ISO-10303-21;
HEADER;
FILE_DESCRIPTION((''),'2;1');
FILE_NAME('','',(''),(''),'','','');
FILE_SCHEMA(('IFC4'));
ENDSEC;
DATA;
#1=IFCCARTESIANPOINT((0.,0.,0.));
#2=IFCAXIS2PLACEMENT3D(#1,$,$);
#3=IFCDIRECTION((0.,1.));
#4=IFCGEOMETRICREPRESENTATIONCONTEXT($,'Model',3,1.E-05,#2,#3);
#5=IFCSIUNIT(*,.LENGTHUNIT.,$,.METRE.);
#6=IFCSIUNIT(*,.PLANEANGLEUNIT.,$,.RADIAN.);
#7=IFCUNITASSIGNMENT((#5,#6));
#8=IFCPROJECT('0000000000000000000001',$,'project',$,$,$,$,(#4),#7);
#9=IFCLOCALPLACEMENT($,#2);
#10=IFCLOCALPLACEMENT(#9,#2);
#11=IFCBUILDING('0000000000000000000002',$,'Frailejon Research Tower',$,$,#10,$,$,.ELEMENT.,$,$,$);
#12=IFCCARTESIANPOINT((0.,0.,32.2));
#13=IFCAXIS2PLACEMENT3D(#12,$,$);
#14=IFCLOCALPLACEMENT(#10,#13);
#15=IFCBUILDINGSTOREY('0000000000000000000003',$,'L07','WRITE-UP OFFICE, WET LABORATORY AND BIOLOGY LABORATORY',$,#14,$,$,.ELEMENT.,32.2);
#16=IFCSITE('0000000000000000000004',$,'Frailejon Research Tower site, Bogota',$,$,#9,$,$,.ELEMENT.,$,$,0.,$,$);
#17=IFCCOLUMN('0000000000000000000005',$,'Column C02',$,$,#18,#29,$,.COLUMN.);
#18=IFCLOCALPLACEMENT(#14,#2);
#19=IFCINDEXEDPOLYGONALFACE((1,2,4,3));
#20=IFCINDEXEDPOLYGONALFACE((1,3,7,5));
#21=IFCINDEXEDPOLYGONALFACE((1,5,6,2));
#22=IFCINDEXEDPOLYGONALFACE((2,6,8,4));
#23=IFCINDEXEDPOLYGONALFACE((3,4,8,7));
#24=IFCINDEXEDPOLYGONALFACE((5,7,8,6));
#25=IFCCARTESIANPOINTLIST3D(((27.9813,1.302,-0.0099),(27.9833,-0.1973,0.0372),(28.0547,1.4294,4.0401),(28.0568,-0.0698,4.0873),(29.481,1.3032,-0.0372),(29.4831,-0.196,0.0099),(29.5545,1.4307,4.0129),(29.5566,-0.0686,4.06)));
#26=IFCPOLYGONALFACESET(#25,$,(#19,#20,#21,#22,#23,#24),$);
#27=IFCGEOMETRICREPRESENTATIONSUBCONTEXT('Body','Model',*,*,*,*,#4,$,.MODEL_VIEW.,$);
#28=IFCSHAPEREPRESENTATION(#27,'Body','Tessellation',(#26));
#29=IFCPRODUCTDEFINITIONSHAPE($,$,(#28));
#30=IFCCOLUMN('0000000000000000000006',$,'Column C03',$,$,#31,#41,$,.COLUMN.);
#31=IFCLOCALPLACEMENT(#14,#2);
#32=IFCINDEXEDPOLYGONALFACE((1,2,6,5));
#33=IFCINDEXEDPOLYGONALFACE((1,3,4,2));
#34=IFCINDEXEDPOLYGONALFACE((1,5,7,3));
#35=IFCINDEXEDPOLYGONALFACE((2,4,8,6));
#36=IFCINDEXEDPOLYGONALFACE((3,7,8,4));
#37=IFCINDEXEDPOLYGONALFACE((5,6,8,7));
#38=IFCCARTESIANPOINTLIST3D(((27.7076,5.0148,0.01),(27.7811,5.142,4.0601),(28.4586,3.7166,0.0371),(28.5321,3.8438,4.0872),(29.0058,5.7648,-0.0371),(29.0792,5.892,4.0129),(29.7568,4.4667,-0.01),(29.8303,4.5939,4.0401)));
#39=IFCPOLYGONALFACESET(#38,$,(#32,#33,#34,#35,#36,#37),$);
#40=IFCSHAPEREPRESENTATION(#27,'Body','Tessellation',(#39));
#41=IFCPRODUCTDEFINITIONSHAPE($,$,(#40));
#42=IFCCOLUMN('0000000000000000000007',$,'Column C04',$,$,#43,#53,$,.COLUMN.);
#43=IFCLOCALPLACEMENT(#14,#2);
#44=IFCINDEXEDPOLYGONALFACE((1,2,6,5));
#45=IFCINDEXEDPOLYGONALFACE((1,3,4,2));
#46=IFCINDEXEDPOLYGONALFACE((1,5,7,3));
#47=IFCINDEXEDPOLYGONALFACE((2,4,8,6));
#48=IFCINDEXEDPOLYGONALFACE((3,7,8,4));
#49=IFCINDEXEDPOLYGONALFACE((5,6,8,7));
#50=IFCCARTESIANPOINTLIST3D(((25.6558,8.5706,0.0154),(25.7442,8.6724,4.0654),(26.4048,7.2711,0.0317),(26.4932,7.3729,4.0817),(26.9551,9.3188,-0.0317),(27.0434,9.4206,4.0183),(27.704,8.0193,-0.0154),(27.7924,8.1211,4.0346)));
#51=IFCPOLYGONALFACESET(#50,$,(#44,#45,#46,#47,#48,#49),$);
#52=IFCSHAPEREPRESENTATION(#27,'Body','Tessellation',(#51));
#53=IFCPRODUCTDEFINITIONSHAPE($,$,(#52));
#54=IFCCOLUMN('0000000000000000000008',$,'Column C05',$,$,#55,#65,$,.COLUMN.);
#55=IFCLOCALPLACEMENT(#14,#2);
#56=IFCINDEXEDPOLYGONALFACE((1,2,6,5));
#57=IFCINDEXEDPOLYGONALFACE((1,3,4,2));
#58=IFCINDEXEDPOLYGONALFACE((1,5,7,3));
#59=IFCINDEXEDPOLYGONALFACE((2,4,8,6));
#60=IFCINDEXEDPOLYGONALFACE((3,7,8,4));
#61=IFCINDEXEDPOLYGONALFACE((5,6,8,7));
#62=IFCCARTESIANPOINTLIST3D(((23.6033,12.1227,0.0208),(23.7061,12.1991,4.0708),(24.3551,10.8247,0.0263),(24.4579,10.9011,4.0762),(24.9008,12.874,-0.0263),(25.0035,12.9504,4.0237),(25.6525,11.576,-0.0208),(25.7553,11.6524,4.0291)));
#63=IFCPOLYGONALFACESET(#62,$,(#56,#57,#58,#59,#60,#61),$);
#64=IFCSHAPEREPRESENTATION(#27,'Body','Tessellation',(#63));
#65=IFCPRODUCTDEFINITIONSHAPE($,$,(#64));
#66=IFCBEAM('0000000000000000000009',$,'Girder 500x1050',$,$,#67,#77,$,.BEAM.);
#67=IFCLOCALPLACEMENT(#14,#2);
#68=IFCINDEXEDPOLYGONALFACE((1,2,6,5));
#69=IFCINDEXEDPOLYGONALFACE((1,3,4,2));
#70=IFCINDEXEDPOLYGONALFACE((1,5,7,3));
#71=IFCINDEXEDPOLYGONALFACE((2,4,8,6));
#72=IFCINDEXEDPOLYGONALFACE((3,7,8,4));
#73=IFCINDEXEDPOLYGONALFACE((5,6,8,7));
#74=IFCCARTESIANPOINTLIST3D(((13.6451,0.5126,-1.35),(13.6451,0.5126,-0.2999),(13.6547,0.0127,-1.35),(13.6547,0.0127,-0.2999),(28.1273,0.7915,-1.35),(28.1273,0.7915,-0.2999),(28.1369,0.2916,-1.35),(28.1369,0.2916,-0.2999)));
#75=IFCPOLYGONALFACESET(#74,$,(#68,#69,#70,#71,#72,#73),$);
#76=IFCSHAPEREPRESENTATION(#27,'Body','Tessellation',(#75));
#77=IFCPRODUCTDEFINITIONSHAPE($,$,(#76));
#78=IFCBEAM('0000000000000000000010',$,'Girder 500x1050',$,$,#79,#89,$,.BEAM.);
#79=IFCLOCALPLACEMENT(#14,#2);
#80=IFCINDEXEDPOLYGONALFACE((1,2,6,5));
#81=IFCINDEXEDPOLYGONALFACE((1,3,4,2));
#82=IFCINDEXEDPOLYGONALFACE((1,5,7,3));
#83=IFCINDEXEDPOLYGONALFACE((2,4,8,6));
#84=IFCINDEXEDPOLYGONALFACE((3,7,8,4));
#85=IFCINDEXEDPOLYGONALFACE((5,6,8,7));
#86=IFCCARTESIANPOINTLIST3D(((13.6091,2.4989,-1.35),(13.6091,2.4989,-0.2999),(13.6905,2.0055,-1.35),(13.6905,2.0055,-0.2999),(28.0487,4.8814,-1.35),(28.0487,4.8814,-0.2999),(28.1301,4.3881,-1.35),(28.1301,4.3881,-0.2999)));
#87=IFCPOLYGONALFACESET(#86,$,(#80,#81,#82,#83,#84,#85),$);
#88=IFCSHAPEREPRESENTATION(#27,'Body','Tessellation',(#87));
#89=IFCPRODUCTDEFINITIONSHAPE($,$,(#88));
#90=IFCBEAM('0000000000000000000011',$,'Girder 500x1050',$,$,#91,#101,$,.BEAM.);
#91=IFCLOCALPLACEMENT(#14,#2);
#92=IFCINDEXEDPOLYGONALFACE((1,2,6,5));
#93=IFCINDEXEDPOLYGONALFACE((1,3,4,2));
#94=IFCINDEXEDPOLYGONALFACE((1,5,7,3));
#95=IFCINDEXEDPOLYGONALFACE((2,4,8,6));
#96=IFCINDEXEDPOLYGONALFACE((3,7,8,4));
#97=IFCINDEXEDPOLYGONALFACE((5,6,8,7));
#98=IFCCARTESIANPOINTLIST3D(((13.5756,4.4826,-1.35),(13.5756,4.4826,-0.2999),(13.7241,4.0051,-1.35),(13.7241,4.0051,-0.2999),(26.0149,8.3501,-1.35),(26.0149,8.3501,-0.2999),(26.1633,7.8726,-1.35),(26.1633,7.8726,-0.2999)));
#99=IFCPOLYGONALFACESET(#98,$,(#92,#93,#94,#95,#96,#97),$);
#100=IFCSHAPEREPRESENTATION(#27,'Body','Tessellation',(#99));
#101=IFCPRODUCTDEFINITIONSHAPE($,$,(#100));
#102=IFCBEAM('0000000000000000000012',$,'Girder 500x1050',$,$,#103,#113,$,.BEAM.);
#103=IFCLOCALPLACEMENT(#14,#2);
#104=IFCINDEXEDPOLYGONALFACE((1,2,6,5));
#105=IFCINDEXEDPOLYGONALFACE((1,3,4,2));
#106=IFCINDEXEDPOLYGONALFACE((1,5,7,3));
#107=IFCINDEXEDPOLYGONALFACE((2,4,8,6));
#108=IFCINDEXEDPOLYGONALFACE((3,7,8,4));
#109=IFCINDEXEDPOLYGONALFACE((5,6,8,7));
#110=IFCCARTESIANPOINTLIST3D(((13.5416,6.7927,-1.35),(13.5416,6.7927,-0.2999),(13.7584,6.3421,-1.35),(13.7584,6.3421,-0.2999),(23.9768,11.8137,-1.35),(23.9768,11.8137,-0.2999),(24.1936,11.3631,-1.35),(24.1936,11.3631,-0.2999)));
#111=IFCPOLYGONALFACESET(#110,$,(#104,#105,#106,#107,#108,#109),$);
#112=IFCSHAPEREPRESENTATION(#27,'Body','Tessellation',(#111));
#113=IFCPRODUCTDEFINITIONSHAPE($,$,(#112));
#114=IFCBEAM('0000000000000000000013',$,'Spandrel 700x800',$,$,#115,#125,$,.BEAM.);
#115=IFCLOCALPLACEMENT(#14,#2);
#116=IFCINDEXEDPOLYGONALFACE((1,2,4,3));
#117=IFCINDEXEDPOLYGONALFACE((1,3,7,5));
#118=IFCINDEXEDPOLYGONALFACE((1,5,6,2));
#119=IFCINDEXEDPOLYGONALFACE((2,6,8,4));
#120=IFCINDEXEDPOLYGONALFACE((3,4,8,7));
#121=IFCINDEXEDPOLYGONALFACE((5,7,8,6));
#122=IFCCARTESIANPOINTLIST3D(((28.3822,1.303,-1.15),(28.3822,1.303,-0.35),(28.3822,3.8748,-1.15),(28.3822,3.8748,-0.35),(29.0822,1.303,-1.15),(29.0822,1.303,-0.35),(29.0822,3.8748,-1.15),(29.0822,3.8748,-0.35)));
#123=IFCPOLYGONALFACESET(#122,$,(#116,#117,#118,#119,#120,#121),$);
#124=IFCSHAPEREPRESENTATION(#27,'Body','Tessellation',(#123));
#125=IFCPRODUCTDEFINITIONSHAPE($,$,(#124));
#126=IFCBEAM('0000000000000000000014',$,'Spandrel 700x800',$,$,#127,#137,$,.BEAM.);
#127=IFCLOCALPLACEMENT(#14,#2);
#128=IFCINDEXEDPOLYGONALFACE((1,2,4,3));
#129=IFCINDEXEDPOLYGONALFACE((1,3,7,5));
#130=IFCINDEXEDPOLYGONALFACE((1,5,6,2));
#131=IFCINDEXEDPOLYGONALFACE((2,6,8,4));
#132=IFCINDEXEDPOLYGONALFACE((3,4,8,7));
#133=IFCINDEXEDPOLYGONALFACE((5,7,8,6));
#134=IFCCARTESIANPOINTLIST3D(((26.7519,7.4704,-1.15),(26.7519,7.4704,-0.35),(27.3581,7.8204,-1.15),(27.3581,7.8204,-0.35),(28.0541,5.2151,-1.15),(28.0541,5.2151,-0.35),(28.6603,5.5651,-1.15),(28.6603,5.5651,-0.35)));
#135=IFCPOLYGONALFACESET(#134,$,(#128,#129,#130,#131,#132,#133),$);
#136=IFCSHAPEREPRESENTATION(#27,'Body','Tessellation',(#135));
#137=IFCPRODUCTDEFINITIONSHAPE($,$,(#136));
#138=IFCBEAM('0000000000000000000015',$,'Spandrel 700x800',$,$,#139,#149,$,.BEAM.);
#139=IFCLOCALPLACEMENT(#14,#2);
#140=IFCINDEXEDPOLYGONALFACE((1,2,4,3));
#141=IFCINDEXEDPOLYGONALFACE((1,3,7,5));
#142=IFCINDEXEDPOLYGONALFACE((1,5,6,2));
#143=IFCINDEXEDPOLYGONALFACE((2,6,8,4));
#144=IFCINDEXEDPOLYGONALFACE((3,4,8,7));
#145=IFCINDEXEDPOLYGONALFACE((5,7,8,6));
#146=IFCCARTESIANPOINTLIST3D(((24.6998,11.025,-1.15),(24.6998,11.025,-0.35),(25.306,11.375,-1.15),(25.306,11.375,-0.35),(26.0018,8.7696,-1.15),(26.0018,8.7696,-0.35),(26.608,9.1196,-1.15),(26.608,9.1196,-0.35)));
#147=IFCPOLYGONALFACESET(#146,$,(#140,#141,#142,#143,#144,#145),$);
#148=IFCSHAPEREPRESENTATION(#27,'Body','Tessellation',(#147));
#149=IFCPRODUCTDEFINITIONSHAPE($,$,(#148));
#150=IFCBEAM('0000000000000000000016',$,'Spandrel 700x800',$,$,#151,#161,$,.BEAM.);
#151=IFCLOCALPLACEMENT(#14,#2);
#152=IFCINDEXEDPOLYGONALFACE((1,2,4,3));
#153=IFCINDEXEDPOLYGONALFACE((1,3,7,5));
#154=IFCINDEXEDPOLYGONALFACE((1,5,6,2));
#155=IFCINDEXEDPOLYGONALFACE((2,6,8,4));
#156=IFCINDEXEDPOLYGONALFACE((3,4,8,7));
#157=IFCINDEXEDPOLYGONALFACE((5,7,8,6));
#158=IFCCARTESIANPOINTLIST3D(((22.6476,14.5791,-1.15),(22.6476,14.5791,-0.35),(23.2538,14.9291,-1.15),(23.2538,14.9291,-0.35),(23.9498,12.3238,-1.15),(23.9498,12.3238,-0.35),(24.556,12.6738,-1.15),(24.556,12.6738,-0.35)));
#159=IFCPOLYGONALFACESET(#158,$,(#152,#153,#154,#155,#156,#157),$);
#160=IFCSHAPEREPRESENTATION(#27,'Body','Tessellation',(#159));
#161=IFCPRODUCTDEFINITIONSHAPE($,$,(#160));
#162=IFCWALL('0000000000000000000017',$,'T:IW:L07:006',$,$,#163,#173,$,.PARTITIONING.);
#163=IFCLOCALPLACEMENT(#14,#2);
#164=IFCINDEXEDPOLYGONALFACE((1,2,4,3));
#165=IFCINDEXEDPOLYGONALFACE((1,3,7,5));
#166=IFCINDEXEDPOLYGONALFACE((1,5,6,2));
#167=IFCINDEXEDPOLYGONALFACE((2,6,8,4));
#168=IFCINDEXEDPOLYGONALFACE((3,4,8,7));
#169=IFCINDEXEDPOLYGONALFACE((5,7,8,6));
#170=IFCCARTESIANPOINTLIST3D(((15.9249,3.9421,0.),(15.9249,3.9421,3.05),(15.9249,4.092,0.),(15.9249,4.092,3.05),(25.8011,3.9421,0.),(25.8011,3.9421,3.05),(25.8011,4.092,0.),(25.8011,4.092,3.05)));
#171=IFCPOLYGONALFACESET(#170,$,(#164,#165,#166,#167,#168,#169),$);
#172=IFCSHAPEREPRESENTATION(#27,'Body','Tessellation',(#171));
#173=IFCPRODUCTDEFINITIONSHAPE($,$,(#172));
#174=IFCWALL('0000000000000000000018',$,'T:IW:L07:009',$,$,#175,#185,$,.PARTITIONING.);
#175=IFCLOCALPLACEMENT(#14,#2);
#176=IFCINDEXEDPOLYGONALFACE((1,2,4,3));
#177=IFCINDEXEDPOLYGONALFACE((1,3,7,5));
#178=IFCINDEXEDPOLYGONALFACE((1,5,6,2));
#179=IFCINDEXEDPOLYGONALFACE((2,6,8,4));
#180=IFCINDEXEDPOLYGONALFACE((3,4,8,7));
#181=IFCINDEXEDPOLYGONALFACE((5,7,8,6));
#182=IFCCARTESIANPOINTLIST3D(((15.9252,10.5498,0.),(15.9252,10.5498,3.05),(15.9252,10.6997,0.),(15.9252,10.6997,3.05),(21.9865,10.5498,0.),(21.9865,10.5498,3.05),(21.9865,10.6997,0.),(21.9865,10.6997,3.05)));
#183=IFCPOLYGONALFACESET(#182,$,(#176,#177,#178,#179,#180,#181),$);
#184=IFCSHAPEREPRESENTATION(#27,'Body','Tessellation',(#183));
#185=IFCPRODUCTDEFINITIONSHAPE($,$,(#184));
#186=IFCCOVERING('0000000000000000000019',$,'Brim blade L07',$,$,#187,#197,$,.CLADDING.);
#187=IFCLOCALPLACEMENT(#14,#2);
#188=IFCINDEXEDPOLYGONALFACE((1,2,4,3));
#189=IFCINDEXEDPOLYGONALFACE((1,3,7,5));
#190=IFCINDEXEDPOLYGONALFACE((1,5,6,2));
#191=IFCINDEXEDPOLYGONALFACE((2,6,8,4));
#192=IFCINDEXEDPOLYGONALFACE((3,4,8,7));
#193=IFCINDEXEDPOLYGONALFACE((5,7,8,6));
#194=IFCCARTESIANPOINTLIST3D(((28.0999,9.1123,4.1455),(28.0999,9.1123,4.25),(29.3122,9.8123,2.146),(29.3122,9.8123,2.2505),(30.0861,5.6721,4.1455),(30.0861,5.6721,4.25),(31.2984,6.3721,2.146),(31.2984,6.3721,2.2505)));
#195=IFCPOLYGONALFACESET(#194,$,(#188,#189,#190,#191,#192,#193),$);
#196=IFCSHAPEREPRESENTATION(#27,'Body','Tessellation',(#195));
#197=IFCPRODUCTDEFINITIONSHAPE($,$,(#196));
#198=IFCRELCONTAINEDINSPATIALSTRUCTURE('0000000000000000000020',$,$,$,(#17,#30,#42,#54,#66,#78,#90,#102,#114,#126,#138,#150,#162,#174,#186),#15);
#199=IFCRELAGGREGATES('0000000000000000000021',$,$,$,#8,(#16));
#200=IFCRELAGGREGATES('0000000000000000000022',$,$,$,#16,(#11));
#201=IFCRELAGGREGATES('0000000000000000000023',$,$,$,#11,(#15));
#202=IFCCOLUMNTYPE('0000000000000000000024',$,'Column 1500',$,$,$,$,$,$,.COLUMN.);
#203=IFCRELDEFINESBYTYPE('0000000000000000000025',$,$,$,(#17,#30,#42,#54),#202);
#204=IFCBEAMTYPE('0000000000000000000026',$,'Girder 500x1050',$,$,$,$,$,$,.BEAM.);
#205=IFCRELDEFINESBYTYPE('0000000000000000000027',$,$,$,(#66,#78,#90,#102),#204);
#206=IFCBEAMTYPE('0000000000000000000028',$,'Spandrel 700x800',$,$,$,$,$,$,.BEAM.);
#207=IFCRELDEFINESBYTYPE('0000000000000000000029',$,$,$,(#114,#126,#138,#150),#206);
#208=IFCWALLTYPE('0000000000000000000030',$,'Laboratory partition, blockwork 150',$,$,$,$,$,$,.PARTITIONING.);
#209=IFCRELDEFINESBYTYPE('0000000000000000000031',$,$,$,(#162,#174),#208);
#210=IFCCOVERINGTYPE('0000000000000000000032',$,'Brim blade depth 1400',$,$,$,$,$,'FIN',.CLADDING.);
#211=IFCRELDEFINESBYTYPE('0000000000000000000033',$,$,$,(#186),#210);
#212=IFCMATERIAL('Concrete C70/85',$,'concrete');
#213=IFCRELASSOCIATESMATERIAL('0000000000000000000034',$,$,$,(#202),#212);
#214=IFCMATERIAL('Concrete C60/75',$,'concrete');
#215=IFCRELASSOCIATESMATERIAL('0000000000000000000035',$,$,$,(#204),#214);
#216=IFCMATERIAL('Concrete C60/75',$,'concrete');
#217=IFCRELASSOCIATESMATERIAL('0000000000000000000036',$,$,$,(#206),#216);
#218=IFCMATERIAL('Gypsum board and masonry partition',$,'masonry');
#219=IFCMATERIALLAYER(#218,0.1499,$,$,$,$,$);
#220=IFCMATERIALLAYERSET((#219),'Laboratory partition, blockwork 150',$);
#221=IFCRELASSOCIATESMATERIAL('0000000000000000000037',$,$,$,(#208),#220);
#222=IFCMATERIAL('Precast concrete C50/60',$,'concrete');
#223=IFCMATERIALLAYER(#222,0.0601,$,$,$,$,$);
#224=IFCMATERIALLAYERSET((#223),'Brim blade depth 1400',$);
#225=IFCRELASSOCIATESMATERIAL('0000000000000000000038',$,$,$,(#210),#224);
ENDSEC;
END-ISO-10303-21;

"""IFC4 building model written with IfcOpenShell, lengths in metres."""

from ifc_helpers import new_model, si_unit, direction, frame, frame_2d, origin, origin_2d, place, context, subcontext, project, spatial, polyline, rectangle, outline, extrude, material, layer, layer_set, material_profile, profile_set, type_object, element, save


model = new_model("IFC4")

# Units and contexts
model_context = context("Model", 3, precision=1e-05, world=origin(), true_north=direction((0.0, 1.0)))
body_context = subcontext(model_context, "Body", "Model", "MODEL_VIEW")
ifc_project = project(units=[si_unit("LENGTHUNIT", "METRE"), si_unit("PLANEANGLEUNIT", "RADIAN")], contexts=[model_context])

# Site, building, storey
site_placement = place(None, origin())
site = spatial("IfcSite", under=ifc_project, at=site_placement, Name="Frailejon Research Tower site, Bogota", CompositionType="ELEMENT", RefElevation=0.0)
building_placement = place(site_placement, origin())
building = spatial("IfcBuilding", under=site, at=building_placement, Name="Frailejon Research Tower", CompositionType="ELEMENT")
storey_placement = place(building_placement, frame((0.0, 0.0, 32.2)))
storey = spatial("IfcBuildingStorey", under=building, at=storey_placement, Name="L07", Description="WRITE-UP OFFICE, WET LABORATORY AND BIOLOGY LABORATORY", CompositionType="ELEMENT", Elevation=32.2)

# Columns
ifc_material_1 = material(Name="Concrete C70/85", Category="concrete")
ifc_material_profile_1 = material_profile(ifc_material_1, rectangle(XDim=1.5, YDim=1.5, at=origin_2d()), Name="Column 1500")
ifc_profile_set_1 = profile_set([ifc_material_profile_1], Name="Concrete C70/85")
column_type = type_object("IfcColumnType", Name="Column 1500", PredefinedType="COLUMN", material=ifc_profile_set_1)
for number, where, z_axis, x_axis, name in (
    (1, (28.7322, 0.553, 0.0), (0.018133, 0.031446, 0.999341), (-0.001396, 0.999505, -0.031426), "Column C02"),
    (2, (28.7322, 4.7407, 0.0), (0.018133, 0.031386, 0.999343), (-0.500679, 0.865444, -0.018096), "Column C03"),
):
    element("IfcColumn", number, at=place(storey_placement, frame(where, z_axis=z_axis, x_axis=x_axis)), inside=storey, type_object=column_type, Name=name, PredefinedType="COLUMN", context=body_context, shape_type="SweptSolid", body=[
        extrude(rectangle(XDim=1.5, YDim=1.5, at=origin_2d()), origin(), (0.0, 0.0, 1.0), 4.0527),
    ])
column_1_placement = place(storey_placement, frame((26.6799, 8.2949, 0.0), z_axis=(0.02181, 0.025123, 0.999446), x_axis=(-0.499317, 0.866351, -0.010882)))
element("IfcColumn", 3, at=column_1_placement, inside=storey, type_object=column_type, Name="Column C04", PredefinedType="COLUMN", context=body_context, shape_type="SweptSolid", body=[
    extrude(rectangle(XDim=1.5, YDim=1.5, at=origin_2d()), origin(), (0.0, 0.0, 1.0), 4.0522),
])
column_2_placement = place(storey_placement, frame((24.6279, 11.8494, 0.0), z_axis=(0.025366, 0.018858, 0.9995), x_axis=(-0.501191, 0.865329, -0.003608)))
element("IfcColumn", 4, at=column_2_placement, inside=storey, type_object=column_type, Name="Column C05", PredefinedType="COLUMN", context=body_context, shape_type="SweptSolid", body=[
    extrude(rectangle(XDim=1.5, YDim=1.5, at=origin_2d()), origin(), (0.0, 0.0, 1.0), 4.052),
])

# Beams
ifc_material_2 = material(Name="Concrete C60/75", Category="concrete")
ifc_material_profile_2 = material_profile(ifc_material_2, rectangle(XDim=0.5, YDim=1.05, at=origin_2d()), Name="Girder 500x1050")
ifc_profile_set_2 = profile_set([ifc_material_profile_2], Name="Concrete C60/75")
beam_type_1 = type_object("IfcBeamType", Name="Girder 500x1050", PredefinedType="BEAM", material=ifc_profile_set_2)
beam_1_placement = place(storey_placement, frame((28.1321, 0.5415, -0.825), z_axis=(-0.999815, -0.019248, 0.0), x_axis=(0.019248, -0.999815, 0.0)))
element("IfcBeam", 5, at=beam_1_placement, inside=storey, type_object=beam_type_1, Name="Girder 500x1050", PredefinedType="BEAM", context=body_context, shape_type="SweptSolid", body=[
    extrude(rectangle(XDim=0.5, YDim=1.05, at=origin_2d()), origin(), (0.0, 0.0, 1.0), 14.4849),
])
beam_2_placement = place(storey_placement, frame((28.0894, 4.6348, -0.825), z_axis=(-0.986659, -0.162803, 0.0), x_axis=(0.162803, -0.986659, 0.0)))
element("IfcBeam", 6, at=beam_2_placement, inside=storey, type_object=beam_type_1, Name="Girder 500x1050", PredefinedType="BEAM", context=body_context, shape_type="SweptSolid", body=[
    extrude(rectangle(XDim=0.5, YDim=1.05, at=origin_2d()), origin(), (0.0, 0.0, 1.0), 14.6348),
])
beam_3_placement = place(storey_placement, frame((26.0891, 8.1113, -0.825), z_axis=(-0.954912, -0.296888, 0.0), x_axis=(0.296888, -0.954912, 0.0)))
element("IfcBeam", 7, at=beam_3_placement, inside=storey, type_object=beam_type_1, Name="Girder 500x1050", PredefinedType="BEAM", context=body_context, shape_type="SweptSolid", body=[
    extrude(rectangle(XDim=0.5, YDim=1.05, at=origin_2d()), origin(), (0.0, 0.0, 1.0), 13.0266),
])
beam_4_placement = place(storey_placement, frame((24.0852, 11.5884, -0.825), z_axis=(-0.901117, -0.433577, 0.0), x_axis=(0.433577, -0.901117, 0.0)))
element("IfcBeam", 8, at=beam_4_placement, inside=storey, type_object=beam_type_1, Name="Girder 500x1050", PredefinedType="BEAM", context=body_context, shape_type="SweptSolid", body=[
    extrude(rectangle(XDim=0.5, YDim=1.05, at=origin_2d()), origin(), (0.0, 0.0, 1.0), 11.5803),
])
ifc_material_3 = material(Name="Concrete C60/75", Category="concrete")
ifc_material_profile_3 = material_profile(ifc_material_3, rectangle(XDim=0.7, YDim=0.8, at=origin_2d()), Name="Spandrel 700x800")
ifc_profile_set_3 = profile_set([ifc_material_profile_3], Name="Concrete C60/75")
beam_type_2 = type_object("IfcBeamType", Name="Spandrel 700x800", PredefinedType="BEAM", material=ifc_profile_set_3)
beam_5_placement = place(storey_placement, frame((28.7322, 1.303, -0.75), z_axis=(0.0, 1.0, 0.0), x_axis=(-1.0, 0.0, 0.0)))
element("IfcBeam", 9, at=beam_5_placement, inside=storey, type_object=beam_type_2, Name="Spandrel 700x800", PredefinedType="BEAM", context=body_context, shape_type="SweptSolid", body=[
    extrude(rectangle(XDim=0.7, YDim=0.8, at=origin_2d()), origin(), (0.0, 0.0, 1.0), 2.5718),
])
for number, where, z_axis, x_axis, name in (
    (10, (28.3572, 5.3901, -0.75), (-0.500031, 0.866008, 0.0), (-0.866008, -0.500031, 0.0), "Spandrel 700x800"),
    (11, (26.3049, 8.9446, -0.75), (-0.49996, 0.866048, 0.0), (-0.866048, -0.49996, 0.0), "Spandrel 700x800"),
    (12, (24.2529, 12.4988, -0.75), (-0.500031, 0.866008, 0.0), (-0.866008, -0.500031, 0.0), "Spandrel 700x800"),
):
    element("IfcBeam", number, at=place(storey_placement, frame(where, z_axis=z_axis, x_axis=x_axis)), inside=storey, type_object=beam_type_2, Name=name, PredefinedType="BEAM", context=body_context, shape_type="SweptSolid", body=[
        extrude(rectangle(XDim=0.7, YDim=0.8, at=origin_2d()), origin(), (0.0, 0.0, 1.0), 2.6042),
    ])

# Walls
ifc_material_4 = material(Name="Gypsum board and masonry partition", Category="masonry")
ifc_layer_1 = layer(ifc_material_4, 0.1499)
ifc_layer_set_1 = layer_set([ifc_layer_1], Name="Laboratory partition, blockwork 150")
wall_type_1 = type_object("IfcWallType", Name="Laboratory partition, blockwork 150", PredefinedType="PARTITIONING", material=ifc_layer_set_1)
wall_1_placement = place(storey_placement, frame((15.925, 4.0171, 0.0), z_axis=(0.0, 0.0, 1.0), x_axis=(1.0, 0.0, 0.0)))
element("IfcWall", 13, at=wall_1_placement, inside=storey, type_object=wall_type_1, Name="T:IW:L07:006", PredefinedType="PARTITIONING", context=body_context, shape_type="SweptSolid", body=[
    extrude(rectangle(XDim=9.8762, YDim=0.1499, at=frame_2d((4.938, 0.0))), origin(), (0.0, 0.0, 1.0), 3.05),
])
wall_2_placement = place(storey_placement, frame((15.925, 10.6248, 0.0), z_axis=(0.0, 0.0, 1.0), x_axis=(1.0, 0.0, 0.0)))
element("IfcWall", 14, at=wall_2_placement, inside=storey, type_object=wall_type_1, Name="T:IW:L07:009", PredefinedType="PARTITIONING", context=body_context, shape_type="SweptSolid", body=[
    extrude(rectangle(XDim=6.0613, YDim=0.1499, at=frame_2d((3.0308, 0.0))), origin(), (0.0, 0.0, 1.0), 3.05),
])

# Covering
ifc_material_5 = material(Name="Precast concrete C50/60", Category="concrete")
ifc_layer_2 = layer(ifc_material_5, 0.0601)
ifc_layer_set_2 = layer_set([ifc_layer_2], Name="Brim blade depth 1400")
covering_type_1 = type_object("IfcCoveringType", Name="Brim blade depth 1400", ElementType="FIN", PredefinedType="CLADDING", material=ifc_layer_set_2)
for number, where, z_axis, x_axis, name in (
    (15, (28.0999, 9.1123, 4.25), (0.500011, -0.866019, 0.0), (0.866019, 0.500011, 0.0), "Brim blade L07"),
):
    element("IfcCovering", number, at=place(storey_placement, frame(where, z_axis=z_axis, x_axis=x_axis)), inside=storey, type_object=covering_type_1, Name=name, PredefinedType="CLADDING", context=body_context, shape_type="SweptSolid", body=[
        extrude(outline(polyline([(0.0, -0.1045), (1.3999, -2.104), (1.3999, -1.9995), (0.0, 0.0), (0.0, -0.1045)])), origin(), (0.0, 0.0, 1.0), 3.9724),
    ])

save(model, "model.ifc")
